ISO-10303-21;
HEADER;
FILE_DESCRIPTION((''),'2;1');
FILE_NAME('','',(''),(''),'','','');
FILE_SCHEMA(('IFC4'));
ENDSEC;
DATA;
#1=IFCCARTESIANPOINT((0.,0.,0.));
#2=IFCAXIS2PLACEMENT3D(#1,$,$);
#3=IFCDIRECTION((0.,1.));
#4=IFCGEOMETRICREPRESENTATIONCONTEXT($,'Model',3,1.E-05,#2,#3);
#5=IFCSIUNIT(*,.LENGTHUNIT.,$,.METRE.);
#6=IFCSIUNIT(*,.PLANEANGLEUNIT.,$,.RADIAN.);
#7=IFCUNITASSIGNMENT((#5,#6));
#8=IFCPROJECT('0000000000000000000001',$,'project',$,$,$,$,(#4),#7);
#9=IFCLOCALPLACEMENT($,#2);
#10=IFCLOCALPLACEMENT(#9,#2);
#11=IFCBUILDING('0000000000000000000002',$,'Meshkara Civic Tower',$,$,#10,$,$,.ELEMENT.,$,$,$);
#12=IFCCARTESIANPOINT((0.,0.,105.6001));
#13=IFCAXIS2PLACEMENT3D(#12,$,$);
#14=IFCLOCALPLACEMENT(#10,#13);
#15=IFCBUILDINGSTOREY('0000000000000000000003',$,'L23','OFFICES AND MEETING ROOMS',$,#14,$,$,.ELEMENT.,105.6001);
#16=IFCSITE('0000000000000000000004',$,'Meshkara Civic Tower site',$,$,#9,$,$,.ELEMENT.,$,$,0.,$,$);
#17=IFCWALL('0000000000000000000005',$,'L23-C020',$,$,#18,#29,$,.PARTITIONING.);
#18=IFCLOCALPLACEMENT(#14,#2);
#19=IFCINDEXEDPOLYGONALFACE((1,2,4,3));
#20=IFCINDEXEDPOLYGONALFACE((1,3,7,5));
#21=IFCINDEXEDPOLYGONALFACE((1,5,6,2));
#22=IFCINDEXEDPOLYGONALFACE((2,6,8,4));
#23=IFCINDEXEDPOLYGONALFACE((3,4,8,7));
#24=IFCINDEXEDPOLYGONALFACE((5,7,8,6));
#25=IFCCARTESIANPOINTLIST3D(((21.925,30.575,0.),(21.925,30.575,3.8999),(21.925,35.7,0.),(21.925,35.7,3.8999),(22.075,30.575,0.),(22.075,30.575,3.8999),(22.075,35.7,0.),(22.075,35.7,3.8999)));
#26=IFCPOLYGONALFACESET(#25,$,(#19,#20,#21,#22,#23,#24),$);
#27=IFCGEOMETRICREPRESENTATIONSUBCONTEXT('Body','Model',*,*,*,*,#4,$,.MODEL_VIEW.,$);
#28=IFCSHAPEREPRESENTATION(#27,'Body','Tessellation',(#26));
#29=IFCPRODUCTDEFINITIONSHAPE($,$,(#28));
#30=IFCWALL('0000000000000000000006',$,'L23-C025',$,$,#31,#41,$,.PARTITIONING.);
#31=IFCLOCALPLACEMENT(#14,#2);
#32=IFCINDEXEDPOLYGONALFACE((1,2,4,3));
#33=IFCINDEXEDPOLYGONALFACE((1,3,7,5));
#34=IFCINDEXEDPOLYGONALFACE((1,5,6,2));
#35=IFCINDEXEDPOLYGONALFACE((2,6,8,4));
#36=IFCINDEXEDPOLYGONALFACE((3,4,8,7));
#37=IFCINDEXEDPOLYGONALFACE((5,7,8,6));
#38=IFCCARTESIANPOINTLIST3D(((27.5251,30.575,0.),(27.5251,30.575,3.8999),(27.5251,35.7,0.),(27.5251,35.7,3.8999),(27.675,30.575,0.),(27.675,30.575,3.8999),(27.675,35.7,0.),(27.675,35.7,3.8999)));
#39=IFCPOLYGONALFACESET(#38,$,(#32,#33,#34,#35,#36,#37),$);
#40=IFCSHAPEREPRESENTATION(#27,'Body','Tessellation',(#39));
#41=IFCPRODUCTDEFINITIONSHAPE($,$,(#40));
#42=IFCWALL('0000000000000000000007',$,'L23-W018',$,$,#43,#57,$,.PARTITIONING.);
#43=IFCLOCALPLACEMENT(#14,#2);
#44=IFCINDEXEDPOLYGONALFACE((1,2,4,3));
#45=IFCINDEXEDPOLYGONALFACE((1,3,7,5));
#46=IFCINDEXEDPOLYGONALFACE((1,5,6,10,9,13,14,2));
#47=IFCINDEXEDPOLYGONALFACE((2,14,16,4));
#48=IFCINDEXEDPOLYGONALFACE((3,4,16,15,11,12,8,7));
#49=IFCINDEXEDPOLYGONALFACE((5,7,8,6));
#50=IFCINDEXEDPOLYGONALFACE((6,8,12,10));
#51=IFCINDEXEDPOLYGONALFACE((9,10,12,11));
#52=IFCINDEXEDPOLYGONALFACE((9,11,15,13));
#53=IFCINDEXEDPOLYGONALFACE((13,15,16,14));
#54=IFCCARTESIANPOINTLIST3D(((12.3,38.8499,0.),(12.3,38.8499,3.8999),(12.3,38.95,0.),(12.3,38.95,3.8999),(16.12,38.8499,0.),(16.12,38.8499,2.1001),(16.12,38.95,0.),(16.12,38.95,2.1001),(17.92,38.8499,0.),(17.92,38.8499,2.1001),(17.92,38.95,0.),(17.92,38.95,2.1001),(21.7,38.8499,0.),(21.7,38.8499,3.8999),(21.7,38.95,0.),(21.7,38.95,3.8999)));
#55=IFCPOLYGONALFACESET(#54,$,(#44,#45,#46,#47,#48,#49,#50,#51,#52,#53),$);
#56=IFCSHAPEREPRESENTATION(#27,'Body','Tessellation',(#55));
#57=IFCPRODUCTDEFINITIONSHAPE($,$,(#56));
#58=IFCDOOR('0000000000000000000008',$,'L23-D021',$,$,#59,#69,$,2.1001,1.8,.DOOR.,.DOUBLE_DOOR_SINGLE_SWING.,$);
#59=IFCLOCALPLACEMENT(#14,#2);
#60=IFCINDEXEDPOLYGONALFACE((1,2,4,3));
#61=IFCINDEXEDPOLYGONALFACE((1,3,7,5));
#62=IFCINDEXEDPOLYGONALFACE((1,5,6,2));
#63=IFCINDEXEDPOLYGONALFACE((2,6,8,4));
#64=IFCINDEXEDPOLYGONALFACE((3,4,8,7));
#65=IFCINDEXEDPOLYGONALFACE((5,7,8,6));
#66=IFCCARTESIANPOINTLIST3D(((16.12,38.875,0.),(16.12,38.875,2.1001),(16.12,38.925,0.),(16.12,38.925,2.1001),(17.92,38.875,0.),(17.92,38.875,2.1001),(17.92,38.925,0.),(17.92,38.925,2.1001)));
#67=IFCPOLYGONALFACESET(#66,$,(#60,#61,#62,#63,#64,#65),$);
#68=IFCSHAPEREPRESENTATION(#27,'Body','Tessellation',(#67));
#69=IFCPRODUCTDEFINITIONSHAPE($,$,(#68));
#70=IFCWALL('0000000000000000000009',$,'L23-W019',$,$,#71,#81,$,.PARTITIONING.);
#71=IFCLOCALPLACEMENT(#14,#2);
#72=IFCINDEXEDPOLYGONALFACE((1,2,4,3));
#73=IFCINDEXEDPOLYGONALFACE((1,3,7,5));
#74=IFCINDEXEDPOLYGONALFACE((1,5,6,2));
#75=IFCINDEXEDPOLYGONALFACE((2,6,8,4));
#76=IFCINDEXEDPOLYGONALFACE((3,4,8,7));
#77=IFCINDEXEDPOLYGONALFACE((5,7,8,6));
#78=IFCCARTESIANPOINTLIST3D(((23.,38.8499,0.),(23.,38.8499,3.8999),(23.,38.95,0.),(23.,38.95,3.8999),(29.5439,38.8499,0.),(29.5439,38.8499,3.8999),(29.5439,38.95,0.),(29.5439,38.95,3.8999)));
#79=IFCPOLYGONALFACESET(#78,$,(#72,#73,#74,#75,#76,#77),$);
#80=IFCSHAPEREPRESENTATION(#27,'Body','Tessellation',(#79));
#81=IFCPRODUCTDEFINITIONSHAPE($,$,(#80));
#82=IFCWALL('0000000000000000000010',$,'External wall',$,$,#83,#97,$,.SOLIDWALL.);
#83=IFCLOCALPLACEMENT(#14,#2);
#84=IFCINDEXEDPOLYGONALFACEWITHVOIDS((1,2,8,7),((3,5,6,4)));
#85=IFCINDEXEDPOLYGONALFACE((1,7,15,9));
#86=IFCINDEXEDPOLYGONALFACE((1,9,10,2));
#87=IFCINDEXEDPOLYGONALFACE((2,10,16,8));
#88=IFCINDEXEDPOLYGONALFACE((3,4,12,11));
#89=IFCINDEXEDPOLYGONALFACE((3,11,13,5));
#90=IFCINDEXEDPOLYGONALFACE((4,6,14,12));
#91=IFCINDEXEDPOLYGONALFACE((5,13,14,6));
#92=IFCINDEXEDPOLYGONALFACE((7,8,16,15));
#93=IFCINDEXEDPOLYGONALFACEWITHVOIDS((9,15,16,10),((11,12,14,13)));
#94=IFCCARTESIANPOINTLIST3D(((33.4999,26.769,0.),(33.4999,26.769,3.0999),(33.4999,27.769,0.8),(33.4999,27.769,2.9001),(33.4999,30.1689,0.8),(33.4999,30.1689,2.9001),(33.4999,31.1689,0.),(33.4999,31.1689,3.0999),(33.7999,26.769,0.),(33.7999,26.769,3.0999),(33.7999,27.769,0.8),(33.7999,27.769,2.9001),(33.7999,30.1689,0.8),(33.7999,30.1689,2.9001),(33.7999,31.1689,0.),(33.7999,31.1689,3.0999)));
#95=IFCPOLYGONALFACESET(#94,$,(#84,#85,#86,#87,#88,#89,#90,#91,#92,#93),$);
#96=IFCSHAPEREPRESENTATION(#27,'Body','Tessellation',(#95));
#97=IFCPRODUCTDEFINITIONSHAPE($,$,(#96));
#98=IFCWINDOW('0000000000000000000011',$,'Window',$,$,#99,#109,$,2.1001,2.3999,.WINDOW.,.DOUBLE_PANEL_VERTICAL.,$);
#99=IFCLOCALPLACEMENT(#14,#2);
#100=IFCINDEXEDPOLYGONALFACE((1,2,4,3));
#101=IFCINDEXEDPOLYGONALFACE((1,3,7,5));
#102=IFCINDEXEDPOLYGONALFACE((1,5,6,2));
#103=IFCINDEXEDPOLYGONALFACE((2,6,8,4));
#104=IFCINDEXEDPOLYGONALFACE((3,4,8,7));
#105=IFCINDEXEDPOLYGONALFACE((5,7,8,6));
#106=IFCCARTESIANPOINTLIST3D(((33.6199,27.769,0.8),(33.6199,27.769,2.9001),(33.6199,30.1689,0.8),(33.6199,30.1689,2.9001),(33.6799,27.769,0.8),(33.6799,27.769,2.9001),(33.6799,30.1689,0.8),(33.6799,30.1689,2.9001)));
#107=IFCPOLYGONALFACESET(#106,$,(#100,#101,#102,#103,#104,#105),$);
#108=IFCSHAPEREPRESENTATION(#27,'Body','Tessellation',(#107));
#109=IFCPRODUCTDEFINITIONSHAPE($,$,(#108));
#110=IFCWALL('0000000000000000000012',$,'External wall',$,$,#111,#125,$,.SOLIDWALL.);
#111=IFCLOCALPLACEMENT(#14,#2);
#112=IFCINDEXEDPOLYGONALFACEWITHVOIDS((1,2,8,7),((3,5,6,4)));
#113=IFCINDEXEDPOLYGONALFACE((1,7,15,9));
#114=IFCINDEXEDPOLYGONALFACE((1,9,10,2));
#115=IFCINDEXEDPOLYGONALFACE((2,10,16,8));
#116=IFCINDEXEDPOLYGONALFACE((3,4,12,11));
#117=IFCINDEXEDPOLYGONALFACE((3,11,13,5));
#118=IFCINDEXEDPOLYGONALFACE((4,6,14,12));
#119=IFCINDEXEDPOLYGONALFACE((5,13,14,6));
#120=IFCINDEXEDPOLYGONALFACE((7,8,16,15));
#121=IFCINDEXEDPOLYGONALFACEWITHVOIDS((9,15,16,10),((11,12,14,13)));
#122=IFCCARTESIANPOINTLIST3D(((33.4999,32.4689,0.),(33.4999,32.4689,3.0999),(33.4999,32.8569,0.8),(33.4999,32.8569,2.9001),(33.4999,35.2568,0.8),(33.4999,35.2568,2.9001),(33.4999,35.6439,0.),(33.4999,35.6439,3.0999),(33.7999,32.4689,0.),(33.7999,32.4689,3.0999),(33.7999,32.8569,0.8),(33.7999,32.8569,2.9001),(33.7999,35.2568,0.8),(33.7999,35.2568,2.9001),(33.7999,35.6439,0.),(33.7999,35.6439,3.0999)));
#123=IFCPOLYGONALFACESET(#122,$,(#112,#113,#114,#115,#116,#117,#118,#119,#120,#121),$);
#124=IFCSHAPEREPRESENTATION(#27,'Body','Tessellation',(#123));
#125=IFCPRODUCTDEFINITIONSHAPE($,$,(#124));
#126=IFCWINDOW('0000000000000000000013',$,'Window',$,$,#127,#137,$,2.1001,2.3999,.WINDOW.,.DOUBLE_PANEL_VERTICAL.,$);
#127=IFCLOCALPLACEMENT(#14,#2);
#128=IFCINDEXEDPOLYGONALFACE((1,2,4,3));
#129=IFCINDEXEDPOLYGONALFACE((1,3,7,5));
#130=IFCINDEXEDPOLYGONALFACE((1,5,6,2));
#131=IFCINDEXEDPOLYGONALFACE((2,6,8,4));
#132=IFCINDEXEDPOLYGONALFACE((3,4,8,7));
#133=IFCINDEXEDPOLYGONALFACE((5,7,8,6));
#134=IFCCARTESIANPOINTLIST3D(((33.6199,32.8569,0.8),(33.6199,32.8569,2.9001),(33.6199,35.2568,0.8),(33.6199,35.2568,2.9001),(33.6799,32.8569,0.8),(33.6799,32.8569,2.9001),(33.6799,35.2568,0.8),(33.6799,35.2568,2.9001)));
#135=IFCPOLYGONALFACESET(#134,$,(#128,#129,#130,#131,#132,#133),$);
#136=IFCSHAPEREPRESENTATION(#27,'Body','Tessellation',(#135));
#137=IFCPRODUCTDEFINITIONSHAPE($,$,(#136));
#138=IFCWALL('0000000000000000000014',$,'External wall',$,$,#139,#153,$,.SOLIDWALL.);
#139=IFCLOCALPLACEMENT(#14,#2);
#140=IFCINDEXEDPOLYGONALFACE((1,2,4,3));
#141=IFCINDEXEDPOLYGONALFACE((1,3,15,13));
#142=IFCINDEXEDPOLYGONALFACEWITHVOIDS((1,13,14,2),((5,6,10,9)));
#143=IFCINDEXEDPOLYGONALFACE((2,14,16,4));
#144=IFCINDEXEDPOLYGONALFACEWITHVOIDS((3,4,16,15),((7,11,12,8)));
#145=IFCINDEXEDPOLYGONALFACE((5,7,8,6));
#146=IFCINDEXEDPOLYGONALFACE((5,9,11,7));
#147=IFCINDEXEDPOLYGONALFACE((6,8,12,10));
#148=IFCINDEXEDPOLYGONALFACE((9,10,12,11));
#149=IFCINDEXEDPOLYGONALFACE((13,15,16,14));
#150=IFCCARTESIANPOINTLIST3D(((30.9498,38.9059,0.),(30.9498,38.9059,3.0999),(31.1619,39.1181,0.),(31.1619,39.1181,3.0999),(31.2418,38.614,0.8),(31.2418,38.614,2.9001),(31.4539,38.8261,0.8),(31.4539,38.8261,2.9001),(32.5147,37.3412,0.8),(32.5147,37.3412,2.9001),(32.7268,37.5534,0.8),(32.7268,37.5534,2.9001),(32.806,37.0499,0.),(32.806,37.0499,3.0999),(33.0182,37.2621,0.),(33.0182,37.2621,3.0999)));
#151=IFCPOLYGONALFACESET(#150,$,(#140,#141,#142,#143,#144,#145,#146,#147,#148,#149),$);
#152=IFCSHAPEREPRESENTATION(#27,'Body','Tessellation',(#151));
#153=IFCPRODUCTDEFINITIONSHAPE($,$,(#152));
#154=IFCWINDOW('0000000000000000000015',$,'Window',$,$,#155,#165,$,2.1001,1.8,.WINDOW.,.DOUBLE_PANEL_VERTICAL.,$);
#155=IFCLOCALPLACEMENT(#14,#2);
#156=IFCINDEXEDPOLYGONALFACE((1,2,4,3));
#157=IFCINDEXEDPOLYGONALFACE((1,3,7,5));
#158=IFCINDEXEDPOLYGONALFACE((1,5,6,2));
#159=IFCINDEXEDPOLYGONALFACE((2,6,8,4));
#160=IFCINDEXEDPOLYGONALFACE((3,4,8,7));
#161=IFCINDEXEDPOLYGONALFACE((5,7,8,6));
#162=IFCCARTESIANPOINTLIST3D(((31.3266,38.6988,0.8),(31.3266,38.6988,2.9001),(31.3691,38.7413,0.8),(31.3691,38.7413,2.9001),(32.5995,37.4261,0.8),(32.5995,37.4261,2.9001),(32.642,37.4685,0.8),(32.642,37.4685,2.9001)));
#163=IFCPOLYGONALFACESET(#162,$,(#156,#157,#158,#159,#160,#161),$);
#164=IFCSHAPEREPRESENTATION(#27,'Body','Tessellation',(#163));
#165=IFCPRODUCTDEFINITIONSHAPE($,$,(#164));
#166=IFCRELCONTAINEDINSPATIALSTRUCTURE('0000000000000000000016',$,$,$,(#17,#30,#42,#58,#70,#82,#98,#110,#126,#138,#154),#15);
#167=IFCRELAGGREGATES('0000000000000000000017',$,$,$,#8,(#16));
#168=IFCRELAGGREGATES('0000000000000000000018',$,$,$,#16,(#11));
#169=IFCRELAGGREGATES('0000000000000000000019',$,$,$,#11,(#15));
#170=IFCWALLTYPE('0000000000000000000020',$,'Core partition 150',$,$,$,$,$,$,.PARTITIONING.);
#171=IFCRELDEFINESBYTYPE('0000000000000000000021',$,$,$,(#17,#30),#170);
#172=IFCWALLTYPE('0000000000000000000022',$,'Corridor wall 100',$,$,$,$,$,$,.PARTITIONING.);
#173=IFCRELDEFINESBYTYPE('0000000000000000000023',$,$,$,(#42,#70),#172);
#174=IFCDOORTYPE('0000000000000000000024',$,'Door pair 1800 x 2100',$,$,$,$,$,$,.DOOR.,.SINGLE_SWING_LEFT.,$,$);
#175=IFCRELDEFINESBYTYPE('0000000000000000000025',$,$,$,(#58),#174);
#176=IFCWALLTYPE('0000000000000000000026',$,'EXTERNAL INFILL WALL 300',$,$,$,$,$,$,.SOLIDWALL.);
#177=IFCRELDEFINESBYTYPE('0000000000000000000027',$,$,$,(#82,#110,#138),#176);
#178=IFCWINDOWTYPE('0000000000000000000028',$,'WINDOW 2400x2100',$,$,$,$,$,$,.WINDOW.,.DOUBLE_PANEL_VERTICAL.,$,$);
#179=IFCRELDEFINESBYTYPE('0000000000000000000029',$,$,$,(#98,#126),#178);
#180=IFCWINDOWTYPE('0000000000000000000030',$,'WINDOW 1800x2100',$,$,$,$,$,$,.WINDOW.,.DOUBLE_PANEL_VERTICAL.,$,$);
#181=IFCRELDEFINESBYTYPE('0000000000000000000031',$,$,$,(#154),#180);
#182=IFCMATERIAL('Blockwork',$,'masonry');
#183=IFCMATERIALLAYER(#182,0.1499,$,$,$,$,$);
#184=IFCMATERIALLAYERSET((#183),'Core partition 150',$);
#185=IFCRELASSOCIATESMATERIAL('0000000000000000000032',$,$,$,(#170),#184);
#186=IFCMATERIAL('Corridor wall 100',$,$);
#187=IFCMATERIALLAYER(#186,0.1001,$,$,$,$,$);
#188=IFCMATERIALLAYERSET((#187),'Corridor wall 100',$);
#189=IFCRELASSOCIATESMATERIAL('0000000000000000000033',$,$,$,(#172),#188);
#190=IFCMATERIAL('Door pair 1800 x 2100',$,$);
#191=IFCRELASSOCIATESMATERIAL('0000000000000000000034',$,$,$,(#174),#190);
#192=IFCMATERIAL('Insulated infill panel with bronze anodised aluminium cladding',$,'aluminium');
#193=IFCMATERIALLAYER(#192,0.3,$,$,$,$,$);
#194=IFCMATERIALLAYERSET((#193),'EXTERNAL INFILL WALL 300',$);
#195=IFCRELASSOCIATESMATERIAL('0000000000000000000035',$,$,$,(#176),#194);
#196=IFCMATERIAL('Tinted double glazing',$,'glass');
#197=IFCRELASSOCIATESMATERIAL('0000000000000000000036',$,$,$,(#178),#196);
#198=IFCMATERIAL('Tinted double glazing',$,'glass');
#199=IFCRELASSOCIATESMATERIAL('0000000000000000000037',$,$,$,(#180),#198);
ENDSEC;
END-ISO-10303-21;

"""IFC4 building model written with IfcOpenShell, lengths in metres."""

from ifc_helpers import new_model, si_unit, direction, frame, frame_2d, origin, place, context, subcontext, project, spatial, rectangle, extrude, material, layer, layer_set, type_object, element, fill, save


model = new_model("IFC4")

# Units and contexts
model_context = context("Model", 3, precision=1e-05, world=origin(), true_north=direction((0.0, 1.0)))
body_context = subcontext(model_context, "Body", "Model", "MODEL_VIEW")
ifc_project = project(units=[si_unit("LENGTHUNIT", "METRE"), si_unit("PLANEANGLEUNIT", "RADIAN")], contexts=[model_context])

# Site, building, storey
site_placement = place(None, origin())
site = spatial("IfcSite", under=ifc_project, at=site_placement, Name="Meshkara Civic Tower site", CompositionType="ELEMENT", RefElevation=0.0)
building_placement = place(site_placement, origin())
building = spatial("IfcBuilding", under=site, at=building_placement, Name="Meshkara Civic Tower", CompositionType="ELEMENT")
storey_placement = place(building_placement, frame((0.0, 0.0, 105.6001)))
storey = spatial("IfcBuildingStorey", under=building, at=storey_placement, Name="L23", Description="OFFICES AND MEETING ROOMS", CompositionType="ELEMENT", Elevation=105.6001)

# Shared definitions
ifc_material_1 = material(Name="Blockwork", Category="masonry")
ifc_layer_1 = layer(ifc_material_1, 0.1499)
ifc_layer_set_1 = layer_set([ifc_layer_1], Name="Core partition 150")
wall_type_1 = type_object("IfcWallType", Name="Core partition 150", PredefinedType="PARTITIONING", material=ifc_layer_set_1)

# Walls
for number, where, z_axis, x_axis, name in (
    (1, (22.0, 30.575, 0.0), (0.0, 0.0, 1.0), (0.0, 1.0, 0.0), "L23-C020"),
    (2, (27.6001, 30.575, 0.0), (0.0, 0.0, 1.0), (0.0, 1.0, 0.0), "L23-C025"),
):
    element("IfcWall", number, at=place(storey_placement, frame(where, z_axis=z_axis, x_axis=x_axis)), inside=storey, type_object=wall_type_1, Name=name, PredefinedType="PARTITIONING", context=body_context, shape_type="SweptSolid", body=[
        extrude(rectangle(XDim=5.125, YDim=0.1499, at=frame_2d((2.5625, 0.0))), origin(), (0.0, 0.0, 1.0), 3.8999),
    ])

# Wall, opening, door
ifc_material_2 = material(Name="Corridor wall 100")
ifc_layer_2 = layer(ifc_material_2, 0.1001)
ifc_layer_set_2 = layer_set([ifc_layer_2], Name="Corridor wall 100")
wall_type_2 = type_object("IfcWallType", Name="Corridor wall 100", PredefinedType="PARTITIONING", material=ifc_layer_set_2)
wall_1_placement = place(storey_placement, frame((21.7, 38.8999, 0.0), z_axis=(0.0, 0.0, 1.0), x_axis=(-1.0, 0.0, 0.0)))
wall_1 = element("IfcWall", 3, at=wall_1_placement, inside=storey, type_object=wall_type_2, Name="L23-W018", PredefinedType="PARTITIONING", context=body_context, shape_type="SweptSolid", body=[
    extrude(rectangle(XDim=9.3999, YDim=0.1001, at=frame_2d((4.7, 0.0))), origin(), (0.0, 0.0, 1.0), 3.8999),
])
opening_1_placement = place(wall_1_placement, frame((3.78, 0.0, 0.0)))
opening_1 = element("IfcOpeningElement", 4, at=opening_1_placement, cuts=wall_1, PredefinedType="OPENING", context=body_context, shape_type="SweptSolid", body=[
    extrude(rectangle(XDim=1.8, YDim=2.1001, at=frame_2d((0.8999, 1.05))), frame((0.0, 0.0601, 0.0), z_axis=(0.0, -1.0, 0.0), x_axis=(1.0, 0.0, 0.0)), (0.0, 0.0, 1.0), 0.1201),
])
ifc_material_3 = material(Name="Door pair 1800 x 2100")
door_type_1 = type_object("IfcDoorType", Name="Door pair 1800 x 2100", OperationType="SINGLE_SWING_LEFT", PredefinedType="DOOR", material=ifc_material_3)
door_1_placement = place(opening_1_placement, origin())
door_1 = element("IfcDoor", 5, at=door_1_placement, inside=storey, type_object=door_type_1, Name="L23-D021", OperationType="DOUBLE_DOOR_SINGLE_SWING", OverallHeight=2.1001, OverallWidth=1.8, PredefinedType="DOOR", context=body_context, shape_type="SweptSolid", body=[
    extrude(rectangle(XDim=1.8, YDim=2.1001, at=frame_2d((0.8999, 1.05))), frame((0.0, 0.0249, 0.0), z_axis=(0.0, -1.0, 0.0), x_axis=(1.0, 0.0, 0.0)), (0.0, 0.0, 1.0), 0.05),
])
fill(opening_1, door_1)

# Wall
wall_2_placement = place(storey_placement, frame((29.5439, 38.8999, 0.0), z_axis=(0.0, 0.0, 1.0), x_axis=(-1.0, 0.0, 0.0)))
element("IfcWall", 6, at=wall_2_placement, inside=storey, type_object=wall_type_2, Name="L23-W019", PredefinedType="PARTITIONING", context=body_context, shape_type="SweptSolid", body=[
    extrude(rectangle(XDim=6.5439, YDim=0.1001, at=frame_2d((3.272, 0.0))), origin(), (0.0, 0.0, 1.0), 3.8999),
])

# Walls, openings, windows
ifc_material_4 = material(Name="Insulated infill panel with bronze anodised aluminium cladding", Category="aluminium")
ifc_layer_3 = layer(ifc_material_4, 0.3)
ifc_layer_set_3 = layer_set([ifc_layer_3], Name="EXTERNAL INFILL WALL 300")
wall_type_3 = type_object("IfcWallType", Name="EXTERNAL INFILL WALL 300", PredefinedType="SOLIDWALL", material=ifc_layer_set_3)
wall_3_placement = place(storey_placement, frame((33.6499, 26.769, 0.0), z_axis=(0.0, 0.0, 1.0), x_axis=(0.0, 1.0, 0.0)))
wall_3 = element("IfcWall", 7, at=wall_3_placement, inside=storey, type_object=wall_type_3, Name="External wall", PredefinedType="SOLIDWALL", context=body_context, shape_type="SweptSolid", body=[
    extrude(rectangle(XDim=4.3999, YDim=0.3, at=frame_2d((2.2, 0.0))), origin(), (0.0, 0.0, 1.0), 3.0999),
])
opening_2_placement = place(wall_3_placement, frame((1.0, 0.0, 0.8)))
opening_2 = element("IfcOpeningElement", 8, at=opening_2_placement, cuts=wall_3, PredefinedType="OPENING", context=body_context, shape_type="SweptSolid", body=[
    extrude(rectangle(XDim=2.3999, YDim=2.1001, at=frame_2d((1.2, 1.05))), frame((0.0, 0.1599, 0.0), z_axis=(0.0, -1.0, 0.0), x_axis=(1.0, 0.0, 0.0)), (0.0, 0.0, 1.0), 0.3201),
])
ifc_material_5 = material(Name="Tinted double glazing", Category="glass")
window_type_1 = type_object("IfcWindowType", Name="WINDOW 2400x2100", PartitioningType="DOUBLE_PANEL_VERTICAL", PredefinedType="WINDOW", material=ifc_material_5)
window_1_placement = place(opening_2_placement, origin())
window_1 = element("IfcWindow", 9, at=window_1_placement, inside=storey, type_object=window_type_1, Name="Window", OverallHeight=2.1001, OverallWidth=2.3999, PartitioningType="DOUBLE_PANEL_VERTICAL", PredefinedType="WINDOW", context=body_context, shape_type="SweptSolid", body=[
    extrude(rectangle(XDim=2.3999, YDim=2.1001, at=frame_2d((1.2, 1.05))), frame((0.0, 0.03, 0.0), z_axis=(0.0, -1.0, 0.0), x_axis=(1.0, 0.0, 0.0)), (0.0, 0.0, 1.0), 0.0601),
])
fill(opening_2, window_1)
wall_4_placement = place(storey_placement, frame((33.6499, 32.469, 0.0), z_axis=(0.0, 0.0, 1.0), x_axis=(0.0, 1.0, 0.0)))
wall_4 = element("IfcWall", 10, at=wall_4_placement, inside=storey, type_object=wall_type_3, Name="External wall", PredefinedType="SOLIDWALL", context=body_context, shape_type="SweptSolid", body=[
    extrude(rectangle(XDim=3.175, YDim=0.3, at=frame_2d((1.5874, 0.0))), origin(), (0.0, 0.0, 1.0), 3.0999),
])
opening_3_placement = place(wall_4_placement, frame((0.3879, 0.0, 0.8)))
opening_3 = element("IfcOpeningElement", 11, at=opening_3_placement, cuts=wall_4, PredefinedType="OPENING", context=body_context, shape_type="SweptSolid", body=[
    extrude(rectangle(XDim=2.3999, YDim=2.1001, at=frame_2d((1.2, 1.05))), frame((0.0, 0.1599, 0.0), z_axis=(0.0, -1.0, 0.0), x_axis=(1.0, 0.0, 0.0)), (0.0, 0.0, 1.0), 0.3201),
])
window_2_placement = place(opening_3_placement, origin())
window_2 = element("IfcWindow", 12, at=window_2_placement, inside=storey, type_object=window_type_1, Name="Window", OverallHeight=2.1001, OverallWidth=2.3999, PartitioningType="DOUBLE_PANEL_VERTICAL", PredefinedType="WINDOW", context=body_context, shape_type="SweptSolid", body=[
    extrude(rectangle(XDim=2.3999, YDim=2.1001, at=frame_2d((1.2, 1.05))), frame((0.0, 0.03, 0.0), z_axis=(0.0, -1.0, 0.0), x_axis=(1.0, 0.0, 0.0)), (0.0, 0.0, 1.0), 0.0601),
])
fill(opening_3, window_2)
wall_5_placement = place(storey_placement, frame((32.9121, 37.156, 0.0), z_axis=(0.0, 0.0, 1.0), x_axis=(-0.707153, 0.70706, 0.0)))
wall_5 = element("IfcWall", 13, at=wall_5_placement, inside=storey, type_object=wall_type_3, Name="External wall", PredefinedType="SOLIDWALL", context=body_context, shape_type="SweptSolid", body=[
    extrude(rectangle(XDim=2.625, YDim=0.3, at=frame_2d((1.3125, 0.0))), origin(), (0.0, 0.0, 1.0), 3.0999),
])
opening_4_placement = place(wall_5_placement, frame((0.4121, 0.0, 0.8)))
opening_4 = element("IfcOpeningElement", 14, at=opening_4_placement, cuts=wall_5, PredefinedType="OPENING", context=body_context, shape_type="SweptSolid", body=[
    extrude(rectangle(XDim=1.8, YDim=2.1001, at=frame_2d((0.8999, 1.05))), frame((0.0, 0.1599, 0.0), z_axis=(0.0, -1.0, 0.0), x_axis=(1.0, 0.0, 0.0)), (0.0, 0.0, 1.0), 0.3201),
])
ifc_material_6 = material(Name="Tinted double glazing", Category="glass")
window_type_2 = type_object("IfcWindowType", Name="WINDOW 1800x2100", PartitioningType="DOUBLE_PANEL_VERTICAL", PredefinedType="WINDOW", material=ifc_material_6)
window_3_placement = place(opening_4_placement, origin())
window_3 = element("IfcWindow", 15, at=window_3_placement, inside=storey, type_object=window_type_2, Name="Window", OverallHeight=2.1001, OverallWidth=1.8, PartitioningType="DOUBLE_PANEL_VERTICAL", PredefinedType="WINDOW", context=body_context, shape_type="SweptSolid", body=[
    extrude(rectangle(XDim=1.8, YDim=2.1001, at=frame_2d((0.8999, 1.05))), frame((0.0, 0.03, 0.0), z_axis=(0.0, -1.0, 0.0), x_axis=(1.0, 0.0, 0.0)), (0.0, 0.0, 1.0), 0.0601),
])
fill(opening_4, window_3)

save(model, "model.ifc")
